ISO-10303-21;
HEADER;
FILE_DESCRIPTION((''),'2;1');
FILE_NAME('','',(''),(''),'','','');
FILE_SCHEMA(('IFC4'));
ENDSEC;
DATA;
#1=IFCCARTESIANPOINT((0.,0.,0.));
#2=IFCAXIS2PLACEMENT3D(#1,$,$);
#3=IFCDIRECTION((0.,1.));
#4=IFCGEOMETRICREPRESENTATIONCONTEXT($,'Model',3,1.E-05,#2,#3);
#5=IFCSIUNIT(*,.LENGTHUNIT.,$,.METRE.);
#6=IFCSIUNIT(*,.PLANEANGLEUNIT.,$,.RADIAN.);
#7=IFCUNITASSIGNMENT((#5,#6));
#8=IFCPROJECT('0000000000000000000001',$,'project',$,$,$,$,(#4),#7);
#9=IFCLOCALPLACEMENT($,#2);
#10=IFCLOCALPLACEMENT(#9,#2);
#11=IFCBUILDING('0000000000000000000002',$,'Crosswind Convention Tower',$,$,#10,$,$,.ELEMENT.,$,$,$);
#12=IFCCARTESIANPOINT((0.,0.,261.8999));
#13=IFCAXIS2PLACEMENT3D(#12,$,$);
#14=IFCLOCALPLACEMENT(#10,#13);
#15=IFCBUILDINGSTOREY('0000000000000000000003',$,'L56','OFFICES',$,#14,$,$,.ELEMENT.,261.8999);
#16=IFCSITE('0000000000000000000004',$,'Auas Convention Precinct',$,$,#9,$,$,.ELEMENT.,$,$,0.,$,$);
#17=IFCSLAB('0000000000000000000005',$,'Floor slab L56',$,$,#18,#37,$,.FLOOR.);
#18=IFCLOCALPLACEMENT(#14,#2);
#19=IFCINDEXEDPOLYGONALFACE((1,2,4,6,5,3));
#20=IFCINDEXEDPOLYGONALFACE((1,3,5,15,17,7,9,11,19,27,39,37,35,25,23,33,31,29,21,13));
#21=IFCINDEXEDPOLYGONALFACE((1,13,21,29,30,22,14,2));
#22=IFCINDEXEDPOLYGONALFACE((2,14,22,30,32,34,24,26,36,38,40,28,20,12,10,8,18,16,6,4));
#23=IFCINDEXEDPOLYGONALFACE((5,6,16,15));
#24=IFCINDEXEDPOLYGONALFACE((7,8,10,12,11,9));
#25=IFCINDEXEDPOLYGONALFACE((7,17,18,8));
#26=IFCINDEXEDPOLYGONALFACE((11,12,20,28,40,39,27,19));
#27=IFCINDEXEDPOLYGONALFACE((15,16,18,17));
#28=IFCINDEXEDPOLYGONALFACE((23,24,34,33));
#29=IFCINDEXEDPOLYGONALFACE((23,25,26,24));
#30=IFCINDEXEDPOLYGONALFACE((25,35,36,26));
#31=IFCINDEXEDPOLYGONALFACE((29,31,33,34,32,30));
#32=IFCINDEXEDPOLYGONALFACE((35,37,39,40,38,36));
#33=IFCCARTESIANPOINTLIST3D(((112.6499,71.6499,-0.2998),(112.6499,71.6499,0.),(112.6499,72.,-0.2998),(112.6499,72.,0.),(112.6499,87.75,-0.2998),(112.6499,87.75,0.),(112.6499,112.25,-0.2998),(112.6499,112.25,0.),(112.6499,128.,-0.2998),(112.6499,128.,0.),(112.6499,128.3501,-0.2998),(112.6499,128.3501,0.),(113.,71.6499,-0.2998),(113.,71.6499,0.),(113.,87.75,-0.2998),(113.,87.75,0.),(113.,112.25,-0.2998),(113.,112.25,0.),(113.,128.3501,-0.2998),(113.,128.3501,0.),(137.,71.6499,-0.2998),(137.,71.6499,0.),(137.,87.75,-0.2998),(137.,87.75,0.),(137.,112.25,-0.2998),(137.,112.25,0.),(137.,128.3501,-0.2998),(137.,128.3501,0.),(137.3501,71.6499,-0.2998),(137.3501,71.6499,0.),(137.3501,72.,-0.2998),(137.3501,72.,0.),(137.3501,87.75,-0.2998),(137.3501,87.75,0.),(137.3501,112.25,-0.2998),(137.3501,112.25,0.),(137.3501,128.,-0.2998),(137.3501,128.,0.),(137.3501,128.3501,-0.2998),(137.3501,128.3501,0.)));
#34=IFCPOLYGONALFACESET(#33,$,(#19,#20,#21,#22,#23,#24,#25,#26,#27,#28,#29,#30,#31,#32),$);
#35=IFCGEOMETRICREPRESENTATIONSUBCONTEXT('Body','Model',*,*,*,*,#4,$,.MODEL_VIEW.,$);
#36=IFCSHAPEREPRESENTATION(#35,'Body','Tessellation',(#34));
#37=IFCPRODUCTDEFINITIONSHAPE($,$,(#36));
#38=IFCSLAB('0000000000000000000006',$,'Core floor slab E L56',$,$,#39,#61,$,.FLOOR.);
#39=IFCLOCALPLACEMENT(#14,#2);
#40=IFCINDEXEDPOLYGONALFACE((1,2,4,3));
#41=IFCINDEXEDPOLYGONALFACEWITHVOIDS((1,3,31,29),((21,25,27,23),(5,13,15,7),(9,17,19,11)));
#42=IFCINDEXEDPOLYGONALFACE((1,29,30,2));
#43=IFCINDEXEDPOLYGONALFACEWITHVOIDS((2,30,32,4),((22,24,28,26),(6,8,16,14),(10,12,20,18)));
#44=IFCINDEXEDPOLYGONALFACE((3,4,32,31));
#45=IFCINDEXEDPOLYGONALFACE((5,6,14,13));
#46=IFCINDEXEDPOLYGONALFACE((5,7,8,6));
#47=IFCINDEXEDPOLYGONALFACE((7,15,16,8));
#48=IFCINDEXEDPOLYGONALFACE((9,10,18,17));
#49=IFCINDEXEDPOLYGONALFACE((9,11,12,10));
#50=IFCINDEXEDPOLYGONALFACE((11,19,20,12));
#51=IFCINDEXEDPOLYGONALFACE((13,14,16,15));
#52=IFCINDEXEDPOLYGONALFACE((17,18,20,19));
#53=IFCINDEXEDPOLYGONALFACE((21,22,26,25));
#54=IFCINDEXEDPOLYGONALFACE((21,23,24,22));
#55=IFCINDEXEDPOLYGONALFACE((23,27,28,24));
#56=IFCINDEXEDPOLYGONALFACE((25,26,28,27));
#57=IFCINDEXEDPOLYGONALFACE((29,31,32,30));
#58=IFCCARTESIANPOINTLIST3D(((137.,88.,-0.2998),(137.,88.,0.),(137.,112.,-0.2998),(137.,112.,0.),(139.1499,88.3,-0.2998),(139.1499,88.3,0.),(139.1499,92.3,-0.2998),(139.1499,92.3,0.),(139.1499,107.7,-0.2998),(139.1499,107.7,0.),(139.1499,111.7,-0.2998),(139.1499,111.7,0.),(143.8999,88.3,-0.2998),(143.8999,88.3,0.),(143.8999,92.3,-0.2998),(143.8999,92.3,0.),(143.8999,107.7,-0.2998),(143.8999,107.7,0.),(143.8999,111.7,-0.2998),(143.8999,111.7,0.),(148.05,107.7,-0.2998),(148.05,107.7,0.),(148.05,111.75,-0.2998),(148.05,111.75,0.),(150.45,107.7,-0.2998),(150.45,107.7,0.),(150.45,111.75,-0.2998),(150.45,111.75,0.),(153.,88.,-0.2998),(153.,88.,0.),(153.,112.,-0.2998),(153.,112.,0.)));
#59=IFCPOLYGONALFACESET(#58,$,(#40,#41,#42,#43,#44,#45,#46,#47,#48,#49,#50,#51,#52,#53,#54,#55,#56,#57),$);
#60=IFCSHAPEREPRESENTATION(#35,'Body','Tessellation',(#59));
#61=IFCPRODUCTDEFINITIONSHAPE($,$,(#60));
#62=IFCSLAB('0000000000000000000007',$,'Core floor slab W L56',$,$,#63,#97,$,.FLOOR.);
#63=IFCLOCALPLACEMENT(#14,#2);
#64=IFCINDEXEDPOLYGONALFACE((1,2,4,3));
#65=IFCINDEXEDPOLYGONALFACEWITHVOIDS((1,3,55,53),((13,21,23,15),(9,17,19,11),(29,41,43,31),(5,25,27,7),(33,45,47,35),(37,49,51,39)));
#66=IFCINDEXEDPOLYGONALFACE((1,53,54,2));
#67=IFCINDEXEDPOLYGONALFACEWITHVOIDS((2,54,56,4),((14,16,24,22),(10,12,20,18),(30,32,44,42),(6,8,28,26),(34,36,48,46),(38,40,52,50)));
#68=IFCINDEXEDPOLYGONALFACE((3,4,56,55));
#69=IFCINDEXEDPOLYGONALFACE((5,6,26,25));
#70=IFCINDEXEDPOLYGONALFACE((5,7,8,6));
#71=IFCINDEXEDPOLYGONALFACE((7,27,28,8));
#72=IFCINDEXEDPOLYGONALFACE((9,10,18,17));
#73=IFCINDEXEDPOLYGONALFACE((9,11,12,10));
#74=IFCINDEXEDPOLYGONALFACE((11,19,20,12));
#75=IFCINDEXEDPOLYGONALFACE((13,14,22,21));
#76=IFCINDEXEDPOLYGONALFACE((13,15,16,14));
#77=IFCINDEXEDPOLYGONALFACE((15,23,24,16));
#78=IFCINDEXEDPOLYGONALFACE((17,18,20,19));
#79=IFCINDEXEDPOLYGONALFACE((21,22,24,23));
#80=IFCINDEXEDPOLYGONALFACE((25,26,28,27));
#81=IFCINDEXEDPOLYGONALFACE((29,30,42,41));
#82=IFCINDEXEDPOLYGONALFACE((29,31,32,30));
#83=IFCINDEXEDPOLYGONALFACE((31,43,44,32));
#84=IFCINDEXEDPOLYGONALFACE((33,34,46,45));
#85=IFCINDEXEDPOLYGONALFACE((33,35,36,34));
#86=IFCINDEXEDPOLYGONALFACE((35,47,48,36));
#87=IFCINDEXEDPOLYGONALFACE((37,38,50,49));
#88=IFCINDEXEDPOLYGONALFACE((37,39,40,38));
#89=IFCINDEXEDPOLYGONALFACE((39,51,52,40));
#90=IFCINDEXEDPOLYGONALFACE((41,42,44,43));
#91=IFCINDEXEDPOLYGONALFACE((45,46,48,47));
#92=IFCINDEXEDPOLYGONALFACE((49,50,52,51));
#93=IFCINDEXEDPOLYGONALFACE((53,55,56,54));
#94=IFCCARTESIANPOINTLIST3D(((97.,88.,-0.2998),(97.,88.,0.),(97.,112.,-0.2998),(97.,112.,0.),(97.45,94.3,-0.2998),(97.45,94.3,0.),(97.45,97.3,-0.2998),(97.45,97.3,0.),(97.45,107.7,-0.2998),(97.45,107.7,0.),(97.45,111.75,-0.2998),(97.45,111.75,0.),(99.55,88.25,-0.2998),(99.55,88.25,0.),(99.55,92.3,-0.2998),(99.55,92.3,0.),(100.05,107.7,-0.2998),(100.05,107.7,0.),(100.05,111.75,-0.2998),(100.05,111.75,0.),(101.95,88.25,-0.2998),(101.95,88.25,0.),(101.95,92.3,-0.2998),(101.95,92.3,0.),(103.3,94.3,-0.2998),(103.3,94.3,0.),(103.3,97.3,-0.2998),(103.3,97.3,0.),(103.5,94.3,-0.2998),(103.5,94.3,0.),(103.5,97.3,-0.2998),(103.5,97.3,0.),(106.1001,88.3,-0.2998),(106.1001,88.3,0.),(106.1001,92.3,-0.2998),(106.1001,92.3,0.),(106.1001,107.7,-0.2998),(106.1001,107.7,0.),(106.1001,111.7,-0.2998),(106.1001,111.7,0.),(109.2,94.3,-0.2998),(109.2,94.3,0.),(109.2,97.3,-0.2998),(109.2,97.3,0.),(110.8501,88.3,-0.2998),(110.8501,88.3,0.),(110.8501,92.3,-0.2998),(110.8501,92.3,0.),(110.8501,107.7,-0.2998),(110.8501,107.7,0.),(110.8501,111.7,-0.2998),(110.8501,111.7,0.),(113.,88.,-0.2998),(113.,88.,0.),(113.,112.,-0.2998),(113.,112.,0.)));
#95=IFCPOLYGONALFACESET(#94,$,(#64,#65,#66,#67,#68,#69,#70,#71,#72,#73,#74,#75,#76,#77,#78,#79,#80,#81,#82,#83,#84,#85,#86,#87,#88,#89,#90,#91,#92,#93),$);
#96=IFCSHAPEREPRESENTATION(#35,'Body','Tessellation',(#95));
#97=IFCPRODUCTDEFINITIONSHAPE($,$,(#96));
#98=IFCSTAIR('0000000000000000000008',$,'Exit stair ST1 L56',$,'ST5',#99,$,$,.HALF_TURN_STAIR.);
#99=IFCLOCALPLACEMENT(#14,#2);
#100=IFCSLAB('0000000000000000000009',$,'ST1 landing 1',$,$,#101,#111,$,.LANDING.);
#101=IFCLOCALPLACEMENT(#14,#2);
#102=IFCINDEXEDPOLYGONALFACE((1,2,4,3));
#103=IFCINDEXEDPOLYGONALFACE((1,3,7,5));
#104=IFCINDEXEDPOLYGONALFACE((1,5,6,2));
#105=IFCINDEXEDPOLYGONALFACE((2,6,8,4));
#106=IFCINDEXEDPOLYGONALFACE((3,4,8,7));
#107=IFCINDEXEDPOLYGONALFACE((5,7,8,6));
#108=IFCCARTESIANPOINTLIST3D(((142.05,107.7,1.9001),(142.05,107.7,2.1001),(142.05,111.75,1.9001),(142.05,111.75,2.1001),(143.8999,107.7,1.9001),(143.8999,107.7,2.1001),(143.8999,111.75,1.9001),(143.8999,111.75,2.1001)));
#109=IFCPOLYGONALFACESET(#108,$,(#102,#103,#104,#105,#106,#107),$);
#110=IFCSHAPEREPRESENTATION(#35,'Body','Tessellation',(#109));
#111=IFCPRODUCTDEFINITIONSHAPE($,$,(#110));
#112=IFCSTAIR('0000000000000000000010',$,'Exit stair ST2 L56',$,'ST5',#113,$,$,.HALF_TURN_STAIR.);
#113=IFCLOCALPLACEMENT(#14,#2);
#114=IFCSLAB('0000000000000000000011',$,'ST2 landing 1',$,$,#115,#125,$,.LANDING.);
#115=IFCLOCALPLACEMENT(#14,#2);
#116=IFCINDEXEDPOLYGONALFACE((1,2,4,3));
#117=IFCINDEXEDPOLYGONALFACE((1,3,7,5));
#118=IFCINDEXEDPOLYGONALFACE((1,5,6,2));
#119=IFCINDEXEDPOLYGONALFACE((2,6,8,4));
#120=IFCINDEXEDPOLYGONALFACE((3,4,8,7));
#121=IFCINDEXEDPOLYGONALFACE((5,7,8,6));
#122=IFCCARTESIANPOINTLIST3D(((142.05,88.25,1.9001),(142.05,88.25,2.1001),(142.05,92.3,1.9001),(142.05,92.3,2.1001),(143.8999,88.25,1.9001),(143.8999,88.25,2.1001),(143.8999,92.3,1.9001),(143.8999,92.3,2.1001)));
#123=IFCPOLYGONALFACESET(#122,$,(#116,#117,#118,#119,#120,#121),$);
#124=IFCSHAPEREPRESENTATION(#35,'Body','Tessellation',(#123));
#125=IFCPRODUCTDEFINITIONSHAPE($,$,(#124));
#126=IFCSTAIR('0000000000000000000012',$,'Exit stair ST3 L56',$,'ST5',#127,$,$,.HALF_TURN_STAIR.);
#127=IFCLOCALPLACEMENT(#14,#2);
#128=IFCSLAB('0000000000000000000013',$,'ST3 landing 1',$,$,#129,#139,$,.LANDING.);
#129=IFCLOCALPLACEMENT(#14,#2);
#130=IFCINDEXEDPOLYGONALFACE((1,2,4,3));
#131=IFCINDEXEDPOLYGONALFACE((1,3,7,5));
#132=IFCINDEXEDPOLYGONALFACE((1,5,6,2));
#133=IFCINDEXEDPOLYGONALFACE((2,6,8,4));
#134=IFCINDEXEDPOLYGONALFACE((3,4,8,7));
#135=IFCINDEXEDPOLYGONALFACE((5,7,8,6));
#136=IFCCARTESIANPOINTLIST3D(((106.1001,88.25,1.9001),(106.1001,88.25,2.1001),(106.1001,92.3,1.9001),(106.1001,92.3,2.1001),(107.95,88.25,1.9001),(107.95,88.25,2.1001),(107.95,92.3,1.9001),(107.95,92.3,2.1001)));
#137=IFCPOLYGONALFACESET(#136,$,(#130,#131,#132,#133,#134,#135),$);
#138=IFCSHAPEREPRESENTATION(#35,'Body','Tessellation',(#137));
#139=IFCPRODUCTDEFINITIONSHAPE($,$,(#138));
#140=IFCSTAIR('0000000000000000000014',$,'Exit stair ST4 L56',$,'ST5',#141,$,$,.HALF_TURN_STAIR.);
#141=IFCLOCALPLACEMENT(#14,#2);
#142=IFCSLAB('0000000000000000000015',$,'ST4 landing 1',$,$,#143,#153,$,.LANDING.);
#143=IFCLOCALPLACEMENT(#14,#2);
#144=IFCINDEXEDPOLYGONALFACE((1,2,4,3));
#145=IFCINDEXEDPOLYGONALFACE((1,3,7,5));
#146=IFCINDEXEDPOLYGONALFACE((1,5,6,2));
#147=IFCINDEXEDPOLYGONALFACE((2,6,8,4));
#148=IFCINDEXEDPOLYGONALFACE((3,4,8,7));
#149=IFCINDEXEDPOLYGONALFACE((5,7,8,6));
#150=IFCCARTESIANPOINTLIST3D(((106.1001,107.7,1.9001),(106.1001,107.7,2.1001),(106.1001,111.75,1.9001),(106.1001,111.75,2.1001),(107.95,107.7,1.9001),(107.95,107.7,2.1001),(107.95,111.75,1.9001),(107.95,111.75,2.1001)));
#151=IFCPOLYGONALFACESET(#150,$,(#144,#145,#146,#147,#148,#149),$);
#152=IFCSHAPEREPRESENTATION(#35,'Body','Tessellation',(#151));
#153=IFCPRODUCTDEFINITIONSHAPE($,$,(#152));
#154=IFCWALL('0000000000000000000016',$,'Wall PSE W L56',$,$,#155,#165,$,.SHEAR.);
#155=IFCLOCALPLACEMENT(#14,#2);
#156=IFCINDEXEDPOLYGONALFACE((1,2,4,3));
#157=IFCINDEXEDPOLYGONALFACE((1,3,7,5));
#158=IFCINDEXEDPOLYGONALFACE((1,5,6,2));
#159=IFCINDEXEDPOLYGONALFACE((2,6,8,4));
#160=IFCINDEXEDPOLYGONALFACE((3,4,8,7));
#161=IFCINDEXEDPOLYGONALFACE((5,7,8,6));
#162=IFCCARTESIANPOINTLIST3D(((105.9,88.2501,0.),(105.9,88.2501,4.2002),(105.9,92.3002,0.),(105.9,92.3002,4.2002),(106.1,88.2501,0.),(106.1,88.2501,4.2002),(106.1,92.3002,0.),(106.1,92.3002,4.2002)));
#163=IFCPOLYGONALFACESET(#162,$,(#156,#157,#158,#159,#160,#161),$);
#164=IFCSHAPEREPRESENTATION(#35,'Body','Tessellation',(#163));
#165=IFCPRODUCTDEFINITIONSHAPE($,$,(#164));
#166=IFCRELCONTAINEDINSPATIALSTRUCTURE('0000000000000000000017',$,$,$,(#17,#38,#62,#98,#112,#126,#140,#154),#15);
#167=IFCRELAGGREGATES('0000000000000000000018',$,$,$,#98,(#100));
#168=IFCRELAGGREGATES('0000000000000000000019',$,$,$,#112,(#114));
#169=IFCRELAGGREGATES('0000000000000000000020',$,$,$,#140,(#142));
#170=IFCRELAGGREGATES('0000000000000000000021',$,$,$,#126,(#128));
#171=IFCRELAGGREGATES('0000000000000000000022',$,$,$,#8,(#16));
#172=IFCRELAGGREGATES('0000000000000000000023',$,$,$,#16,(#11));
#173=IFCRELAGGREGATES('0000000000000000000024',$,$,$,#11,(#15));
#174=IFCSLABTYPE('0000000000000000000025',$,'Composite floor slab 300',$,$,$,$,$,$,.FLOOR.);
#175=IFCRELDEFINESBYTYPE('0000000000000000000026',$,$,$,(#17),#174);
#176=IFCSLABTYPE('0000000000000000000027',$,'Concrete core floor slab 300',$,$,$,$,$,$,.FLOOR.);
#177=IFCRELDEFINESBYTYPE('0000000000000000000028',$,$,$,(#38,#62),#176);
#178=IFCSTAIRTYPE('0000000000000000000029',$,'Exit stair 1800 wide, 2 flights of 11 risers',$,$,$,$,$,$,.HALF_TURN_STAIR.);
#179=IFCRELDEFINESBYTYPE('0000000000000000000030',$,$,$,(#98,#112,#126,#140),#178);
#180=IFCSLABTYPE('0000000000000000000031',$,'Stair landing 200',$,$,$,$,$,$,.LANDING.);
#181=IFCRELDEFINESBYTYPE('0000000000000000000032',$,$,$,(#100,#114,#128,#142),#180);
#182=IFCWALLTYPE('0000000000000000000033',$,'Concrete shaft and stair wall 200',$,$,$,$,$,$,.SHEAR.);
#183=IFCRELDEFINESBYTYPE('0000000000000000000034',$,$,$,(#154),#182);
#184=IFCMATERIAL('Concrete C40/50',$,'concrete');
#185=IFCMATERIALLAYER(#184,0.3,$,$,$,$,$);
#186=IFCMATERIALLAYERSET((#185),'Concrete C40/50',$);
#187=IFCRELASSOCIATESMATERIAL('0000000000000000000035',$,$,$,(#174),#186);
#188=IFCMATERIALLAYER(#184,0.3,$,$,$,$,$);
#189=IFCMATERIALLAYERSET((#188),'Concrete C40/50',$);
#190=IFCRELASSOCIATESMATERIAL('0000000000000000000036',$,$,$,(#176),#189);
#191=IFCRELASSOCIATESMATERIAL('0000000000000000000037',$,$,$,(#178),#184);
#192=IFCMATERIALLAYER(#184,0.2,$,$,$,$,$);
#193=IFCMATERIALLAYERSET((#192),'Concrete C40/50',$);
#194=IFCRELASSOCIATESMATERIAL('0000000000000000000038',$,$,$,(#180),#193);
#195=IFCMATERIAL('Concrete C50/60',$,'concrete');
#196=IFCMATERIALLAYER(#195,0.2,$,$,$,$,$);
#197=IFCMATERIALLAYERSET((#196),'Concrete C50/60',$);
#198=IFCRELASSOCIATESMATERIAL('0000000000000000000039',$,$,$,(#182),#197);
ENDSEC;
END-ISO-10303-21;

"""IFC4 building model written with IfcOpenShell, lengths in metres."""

from ifc_helpers import new_model, si_unit, direction, frame, frame_2d, origin, place, context, subcontext, project, spatial, polyline, rectangle, outline, extrude, material, layer, layer_set, type_object, element, aggregate, save


model = new_model("IFC4")

# Units and contexts
model_context = context("Model", 3, precision=1e-05, world=origin(), true_north=direction((0.0, 1.0)))
body_context = subcontext(model_context, "Body", "Model", "MODEL_VIEW")
ifc_project = project(units=[si_unit("LENGTHUNIT", "METRE"), si_unit("PLANEANGLEUNIT", "RADIAN")], contexts=[model_context])

# Site, building, storey
site_placement = place(None, origin())
site = spatial("IfcSite", under=ifc_project, at=site_placement, Name="Auas Convention Precinct", CompositionType="ELEMENT", RefElevation=0.0)
building_placement = place(site_placement, origin())
building = spatial("IfcBuilding", under=site, at=building_placement, Name="Crosswind Convention Tower", CompositionType="ELEMENT")
storey_placement = place(building_placement, frame((0.0, 0.0, 261.8999)))
storey = spatial("IfcBuildingStorey", under=building, at=storey_placement, Name="L56", Description="OFFICES", CompositionType="ELEMENT", Elevation=261.8999)

# Slabs
ifc_material_1 = material(Name="Concrete C40/50", Category="concrete")
ifc_layer_1 = layer(ifc_material_1, 0.3)
ifc_layer_set_1 = layer_set([ifc_layer_1], Name="Concrete C40/50")
slab_type_1 = type_object("IfcSlabType", Name="Composite floor slab 300", PredefinedType="FLOOR", material=ifc_layer_set_1)
slab_1_placement = place(storey_placement, frame((0.0, 0.0, -0.2998)))
element("IfcSlab", 1, at=slab_1_placement, inside=storey, type_object=slab_type_1, Name="Floor slab L56", PredefinedType="FLOOR", context=body_context, shape_type="SweptSolid", body=[
    extrude(outline(polyline([(137.3501, 71.6499), (137.0, 71.6499), (113.0, 71.6499), (112.6499, 71.6499), (112.6499, 72.0), (112.6499, 87.75), (113.0, 87.75), (113.0, 112.25), (112.6499, 112.25), (112.6499, 128.0), (112.6499, 128.3501), (113.0, 128.3501), (137.0, 128.3501), (137.3501, 128.3501), (137.3501, 128.0), (137.3501, 112.25), (137.0, 112.25), (137.0, 87.75), (137.3501, 87.75), (137.3501, 72.0), (137.3501, 71.6499)])), origin(), (0.0, 0.0, 1.0), 0.2998),
])
ifc_layer_2 = layer(ifc_material_1, 0.3)
ifc_layer_set_2 = layer_set([ifc_layer_2], Name="Concrete C40/50")
slab_type_2 = type_object("IfcSlabType", Name="Concrete core floor slab 300", PredefinedType="FLOOR", material=ifc_layer_set_2)
slab_2_placement = place(storey_placement, frame((0.0, 0.0, -0.2998)))
element("IfcSlab", 2, at=slab_2_placement, inside=storey, type_object=slab_type_2, Name="Core floor slab E L56", PredefinedType="FLOOR", context=body_context, shape_type="SweptSolid", body=[
    extrude(outline(polyline([(137.0, 88.0), (153.0, 88.0), (153.0, 112.0), (137.0, 112.0), (137.0, 88.0)]), holes=[polyline([(150.45, 107.7), (150.45, 111.75), (148.05, 111.75), (148.05, 107.7), (150.45, 107.7)]), polyline([(143.8999, 107.7), (143.8999, 111.7), (139.1499, 111.7), (139.1499, 107.7), (143.8999, 107.7)]), polyline([(143.8999, 88.3), (143.8999, 92.3), (139.1499, 92.3), (139.1499, 88.3), (143.8999, 88.3)])]), origin(), (0.0, 0.0, 1.0), 0.2998),
])
slab_3_placement = place(storey_placement, frame((0.0, 0.0, -0.2998)))
element("IfcSlab", 3, at=slab_3_placement, inside=storey, type_object=slab_type_2, Name="Core floor slab W L56", PredefinedType="FLOOR", context=body_context, shape_type="SweptSolid", body=[
    extrude(outline(polyline([(97.0, 88.0), (113.0, 88.0), (113.0, 112.0), (97.0, 112.0), (97.0, 88.0)]), holes=[polyline([(109.2, 94.3), (109.2, 97.3), (103.5, 97.3), (103.5, 94.3), (109.2, 94.3)]), polyline([(103.3, 94.3), (103.3, 97.3), (97.45, 97.3), (97.45, 94.3), (103.3, 94.3)]), polyline([(101.95, 88.25), (101.95, 92.3), (99.55, 92.3), (99.55, 88.25), (101.95, 88.25)]), polyline([(100.05, 107.7), (100.05, 111.75), (97.45, 111.75), (97.45, 107.7), (100.05, 107.7)]), polyline([(110.8501, 88.3), (110.8501, 92.3), (106.1001, 92.3), (106.1001, 88.3), (110.8501, 88.3)]), polyline([(110.8501, 107.7), (110.8501, 111.7), (106.1001, 111.7), (106.1001, 107.7), (110.8501, 107.7)])]), origin(), (0.0, 0.0, 1.0), 0.2998),
])

# Stairs, slabs
stair_type = type_object("IfcStairType", Name="Exit stair 1800 wide, 2 flights of 11 risers", PredefinedType="HALF_TURN_STAIR", material=ifc_material_1)
stair_1_placement = place(storey_placement, origin())
stair_1 = element("IfcStair", 4, at=stair_1_placement, inside=storey, type_object=stair_type, Name="Exit stair ST1 L56", ObjectType="ST5", PredefinedType="HALF_TURN_STAIR")
ifc_layer_3 = layer(ifc_material_1, 0.2)
ifc_layer_set_3 = layer_set([ifc_layer_3], Name="Concrete C40/50")
slab_type_3 = type_object("IfcSlabType", Name="Stair landing 200", PredefinedType="LANDING", material=ifc_layer_set_3)
slab_4_placement = place(storey_placement, frame((0.0, 0.0, 1.9001)))
slab_4 = element("IfcSlab", 5, at=slab_4_placement, type_object=slab_type_3, Name="ST1 landing 1", PredefinedType="LANDING", context=body_context, shape_type="SweptSolid", body=[
    extrude(outline(polyline([(143.8999, 107.7), (143.8999, 111.75), (142.05, 111.75), (142.05, 107.7), (143.8999, 107.7)])), origin(), (0.0, 0.0, 1.0), 0.2),
])
aggregate(stair_1, [slab_4])
stair_2_placement = place(storey_placement, origin())
stair_2 = element("IfcStair", 6, at=stair_2_placement, inside=storey, type_object=stair_type, Name="Exit stair ST2 L56", ObjectType="ST5", PredefinedType="HALF_TURN_STAIR")
slab_5_placement = place(storey_placement, frame((0.0, 0.0, 1.9001)))
slab_5 = element("IfcSlab", 7, at=slab_5_placement, type_object=slab_type_3, Name="ST2 landing 1", PredefinedType="LANDING", context=body_context, shape_type="SweptSolid", body=[
    extrude(outline(polyline([(143.8999, 88.25), (143.8999, 92.3), (142.05, 92.3), (142.05, 88.25), (143.8999, 88.25)])), origin(), (0.0, 0.0, 1.0), 0.2),
])
aggregate(stair_2, [slab_5])
stair_3_placement = place(storey_placement, origin())
stair_3 = element("IfcStair", 8, at=stair_3_placement, inside=storey, type_object=stair_type, Name="Exit stair ST3 L56", ObjectType="ST5", PredefinedType="HALF_TURN_STAIR")
slab_6_placement = place(storey_placement, frame((0.0, 0.0, 1.9001)))
slab_6 = element("IfcSlab", 9, at=slab_6_placement, type_object=slab_type_3, Name="ST3 landing 1", PredefinedType="LANDING", context=body_context, shape_type="SweptSolid", body=[
    extrude(outline(polyline([(107.95, 88.25), (107.95, 92.3), (106.1001, 92.3), (106.1001, 88.25), (107.95, 88.25)])), origin(), (0.0, 0.0, 1.0), 0.2),
])
stair_4_placement = place(storey_placement, origin())
stair_4 = element("IfcStair", 10, at=stair_4_placement, inside=storey, type_object=stair_type, Name="Exit stair ST4 L56", ObjectType="ST5", PredefinedType="HALF_TURN_STAIR")
slab_7_placement = place(storey_placement, frame((0.0, 0.0, 1.9001)))
slab_7 = element("IfcSlab", 11, at=slab_7_placement, type_object=slab_type_3, Name="ST4 landing 1", PredefinedType="LANDING", context=body_context, shape_type="SweptSolid", body=[
    extrude(outline(polyline([(107.95, 107.7), (107.95, 111.75), (106.1001, 111.75), (106.1001, 107.7), (107.95, 107.7)])), origin(), (0.0, 0.0, 1.0), 0.2),
])
aggregate(stair_4, [slab_7])

# Wall
ifc_material_2 = material(Name="Concrete C50/60", Category="concrete")
ifc_layer_4 = layer(ifc_material_2, 0.2)
ifc_layer_set_4 = layer_set([ifc_layer_4], Name="Concrete C50/60")
wall_type_1 = type_object("IfcWallType", Name="Concrete shaft and stair wall 200", PredefinedType="SHEAR", material=ifc_layer_set_4)
wall_1_placement = place(storey_placement, frame((106.0, 92.3, 0.0), z_axis=(0.0, 0.0, 1.0), x_axis=(0.0, -1.0, 0.0)))
element("IfcWall", 12, at=wall_1_placement, inside=storey, type_object=wall_type_1, Name="Wall PSE W L56", PredefinedType="SHEAR", context=body_context, shape_type="SweptSolid", body=[
    extrude(rectangle(XDim=4.05, YDim=0.2, at=frame_2d((2.0249, 0.0))), origin(), (0.0, 0.0, 1.0), 4.2002),
])

aggregate(stair_3, [slab_6])

save(model, "model.ifc")
